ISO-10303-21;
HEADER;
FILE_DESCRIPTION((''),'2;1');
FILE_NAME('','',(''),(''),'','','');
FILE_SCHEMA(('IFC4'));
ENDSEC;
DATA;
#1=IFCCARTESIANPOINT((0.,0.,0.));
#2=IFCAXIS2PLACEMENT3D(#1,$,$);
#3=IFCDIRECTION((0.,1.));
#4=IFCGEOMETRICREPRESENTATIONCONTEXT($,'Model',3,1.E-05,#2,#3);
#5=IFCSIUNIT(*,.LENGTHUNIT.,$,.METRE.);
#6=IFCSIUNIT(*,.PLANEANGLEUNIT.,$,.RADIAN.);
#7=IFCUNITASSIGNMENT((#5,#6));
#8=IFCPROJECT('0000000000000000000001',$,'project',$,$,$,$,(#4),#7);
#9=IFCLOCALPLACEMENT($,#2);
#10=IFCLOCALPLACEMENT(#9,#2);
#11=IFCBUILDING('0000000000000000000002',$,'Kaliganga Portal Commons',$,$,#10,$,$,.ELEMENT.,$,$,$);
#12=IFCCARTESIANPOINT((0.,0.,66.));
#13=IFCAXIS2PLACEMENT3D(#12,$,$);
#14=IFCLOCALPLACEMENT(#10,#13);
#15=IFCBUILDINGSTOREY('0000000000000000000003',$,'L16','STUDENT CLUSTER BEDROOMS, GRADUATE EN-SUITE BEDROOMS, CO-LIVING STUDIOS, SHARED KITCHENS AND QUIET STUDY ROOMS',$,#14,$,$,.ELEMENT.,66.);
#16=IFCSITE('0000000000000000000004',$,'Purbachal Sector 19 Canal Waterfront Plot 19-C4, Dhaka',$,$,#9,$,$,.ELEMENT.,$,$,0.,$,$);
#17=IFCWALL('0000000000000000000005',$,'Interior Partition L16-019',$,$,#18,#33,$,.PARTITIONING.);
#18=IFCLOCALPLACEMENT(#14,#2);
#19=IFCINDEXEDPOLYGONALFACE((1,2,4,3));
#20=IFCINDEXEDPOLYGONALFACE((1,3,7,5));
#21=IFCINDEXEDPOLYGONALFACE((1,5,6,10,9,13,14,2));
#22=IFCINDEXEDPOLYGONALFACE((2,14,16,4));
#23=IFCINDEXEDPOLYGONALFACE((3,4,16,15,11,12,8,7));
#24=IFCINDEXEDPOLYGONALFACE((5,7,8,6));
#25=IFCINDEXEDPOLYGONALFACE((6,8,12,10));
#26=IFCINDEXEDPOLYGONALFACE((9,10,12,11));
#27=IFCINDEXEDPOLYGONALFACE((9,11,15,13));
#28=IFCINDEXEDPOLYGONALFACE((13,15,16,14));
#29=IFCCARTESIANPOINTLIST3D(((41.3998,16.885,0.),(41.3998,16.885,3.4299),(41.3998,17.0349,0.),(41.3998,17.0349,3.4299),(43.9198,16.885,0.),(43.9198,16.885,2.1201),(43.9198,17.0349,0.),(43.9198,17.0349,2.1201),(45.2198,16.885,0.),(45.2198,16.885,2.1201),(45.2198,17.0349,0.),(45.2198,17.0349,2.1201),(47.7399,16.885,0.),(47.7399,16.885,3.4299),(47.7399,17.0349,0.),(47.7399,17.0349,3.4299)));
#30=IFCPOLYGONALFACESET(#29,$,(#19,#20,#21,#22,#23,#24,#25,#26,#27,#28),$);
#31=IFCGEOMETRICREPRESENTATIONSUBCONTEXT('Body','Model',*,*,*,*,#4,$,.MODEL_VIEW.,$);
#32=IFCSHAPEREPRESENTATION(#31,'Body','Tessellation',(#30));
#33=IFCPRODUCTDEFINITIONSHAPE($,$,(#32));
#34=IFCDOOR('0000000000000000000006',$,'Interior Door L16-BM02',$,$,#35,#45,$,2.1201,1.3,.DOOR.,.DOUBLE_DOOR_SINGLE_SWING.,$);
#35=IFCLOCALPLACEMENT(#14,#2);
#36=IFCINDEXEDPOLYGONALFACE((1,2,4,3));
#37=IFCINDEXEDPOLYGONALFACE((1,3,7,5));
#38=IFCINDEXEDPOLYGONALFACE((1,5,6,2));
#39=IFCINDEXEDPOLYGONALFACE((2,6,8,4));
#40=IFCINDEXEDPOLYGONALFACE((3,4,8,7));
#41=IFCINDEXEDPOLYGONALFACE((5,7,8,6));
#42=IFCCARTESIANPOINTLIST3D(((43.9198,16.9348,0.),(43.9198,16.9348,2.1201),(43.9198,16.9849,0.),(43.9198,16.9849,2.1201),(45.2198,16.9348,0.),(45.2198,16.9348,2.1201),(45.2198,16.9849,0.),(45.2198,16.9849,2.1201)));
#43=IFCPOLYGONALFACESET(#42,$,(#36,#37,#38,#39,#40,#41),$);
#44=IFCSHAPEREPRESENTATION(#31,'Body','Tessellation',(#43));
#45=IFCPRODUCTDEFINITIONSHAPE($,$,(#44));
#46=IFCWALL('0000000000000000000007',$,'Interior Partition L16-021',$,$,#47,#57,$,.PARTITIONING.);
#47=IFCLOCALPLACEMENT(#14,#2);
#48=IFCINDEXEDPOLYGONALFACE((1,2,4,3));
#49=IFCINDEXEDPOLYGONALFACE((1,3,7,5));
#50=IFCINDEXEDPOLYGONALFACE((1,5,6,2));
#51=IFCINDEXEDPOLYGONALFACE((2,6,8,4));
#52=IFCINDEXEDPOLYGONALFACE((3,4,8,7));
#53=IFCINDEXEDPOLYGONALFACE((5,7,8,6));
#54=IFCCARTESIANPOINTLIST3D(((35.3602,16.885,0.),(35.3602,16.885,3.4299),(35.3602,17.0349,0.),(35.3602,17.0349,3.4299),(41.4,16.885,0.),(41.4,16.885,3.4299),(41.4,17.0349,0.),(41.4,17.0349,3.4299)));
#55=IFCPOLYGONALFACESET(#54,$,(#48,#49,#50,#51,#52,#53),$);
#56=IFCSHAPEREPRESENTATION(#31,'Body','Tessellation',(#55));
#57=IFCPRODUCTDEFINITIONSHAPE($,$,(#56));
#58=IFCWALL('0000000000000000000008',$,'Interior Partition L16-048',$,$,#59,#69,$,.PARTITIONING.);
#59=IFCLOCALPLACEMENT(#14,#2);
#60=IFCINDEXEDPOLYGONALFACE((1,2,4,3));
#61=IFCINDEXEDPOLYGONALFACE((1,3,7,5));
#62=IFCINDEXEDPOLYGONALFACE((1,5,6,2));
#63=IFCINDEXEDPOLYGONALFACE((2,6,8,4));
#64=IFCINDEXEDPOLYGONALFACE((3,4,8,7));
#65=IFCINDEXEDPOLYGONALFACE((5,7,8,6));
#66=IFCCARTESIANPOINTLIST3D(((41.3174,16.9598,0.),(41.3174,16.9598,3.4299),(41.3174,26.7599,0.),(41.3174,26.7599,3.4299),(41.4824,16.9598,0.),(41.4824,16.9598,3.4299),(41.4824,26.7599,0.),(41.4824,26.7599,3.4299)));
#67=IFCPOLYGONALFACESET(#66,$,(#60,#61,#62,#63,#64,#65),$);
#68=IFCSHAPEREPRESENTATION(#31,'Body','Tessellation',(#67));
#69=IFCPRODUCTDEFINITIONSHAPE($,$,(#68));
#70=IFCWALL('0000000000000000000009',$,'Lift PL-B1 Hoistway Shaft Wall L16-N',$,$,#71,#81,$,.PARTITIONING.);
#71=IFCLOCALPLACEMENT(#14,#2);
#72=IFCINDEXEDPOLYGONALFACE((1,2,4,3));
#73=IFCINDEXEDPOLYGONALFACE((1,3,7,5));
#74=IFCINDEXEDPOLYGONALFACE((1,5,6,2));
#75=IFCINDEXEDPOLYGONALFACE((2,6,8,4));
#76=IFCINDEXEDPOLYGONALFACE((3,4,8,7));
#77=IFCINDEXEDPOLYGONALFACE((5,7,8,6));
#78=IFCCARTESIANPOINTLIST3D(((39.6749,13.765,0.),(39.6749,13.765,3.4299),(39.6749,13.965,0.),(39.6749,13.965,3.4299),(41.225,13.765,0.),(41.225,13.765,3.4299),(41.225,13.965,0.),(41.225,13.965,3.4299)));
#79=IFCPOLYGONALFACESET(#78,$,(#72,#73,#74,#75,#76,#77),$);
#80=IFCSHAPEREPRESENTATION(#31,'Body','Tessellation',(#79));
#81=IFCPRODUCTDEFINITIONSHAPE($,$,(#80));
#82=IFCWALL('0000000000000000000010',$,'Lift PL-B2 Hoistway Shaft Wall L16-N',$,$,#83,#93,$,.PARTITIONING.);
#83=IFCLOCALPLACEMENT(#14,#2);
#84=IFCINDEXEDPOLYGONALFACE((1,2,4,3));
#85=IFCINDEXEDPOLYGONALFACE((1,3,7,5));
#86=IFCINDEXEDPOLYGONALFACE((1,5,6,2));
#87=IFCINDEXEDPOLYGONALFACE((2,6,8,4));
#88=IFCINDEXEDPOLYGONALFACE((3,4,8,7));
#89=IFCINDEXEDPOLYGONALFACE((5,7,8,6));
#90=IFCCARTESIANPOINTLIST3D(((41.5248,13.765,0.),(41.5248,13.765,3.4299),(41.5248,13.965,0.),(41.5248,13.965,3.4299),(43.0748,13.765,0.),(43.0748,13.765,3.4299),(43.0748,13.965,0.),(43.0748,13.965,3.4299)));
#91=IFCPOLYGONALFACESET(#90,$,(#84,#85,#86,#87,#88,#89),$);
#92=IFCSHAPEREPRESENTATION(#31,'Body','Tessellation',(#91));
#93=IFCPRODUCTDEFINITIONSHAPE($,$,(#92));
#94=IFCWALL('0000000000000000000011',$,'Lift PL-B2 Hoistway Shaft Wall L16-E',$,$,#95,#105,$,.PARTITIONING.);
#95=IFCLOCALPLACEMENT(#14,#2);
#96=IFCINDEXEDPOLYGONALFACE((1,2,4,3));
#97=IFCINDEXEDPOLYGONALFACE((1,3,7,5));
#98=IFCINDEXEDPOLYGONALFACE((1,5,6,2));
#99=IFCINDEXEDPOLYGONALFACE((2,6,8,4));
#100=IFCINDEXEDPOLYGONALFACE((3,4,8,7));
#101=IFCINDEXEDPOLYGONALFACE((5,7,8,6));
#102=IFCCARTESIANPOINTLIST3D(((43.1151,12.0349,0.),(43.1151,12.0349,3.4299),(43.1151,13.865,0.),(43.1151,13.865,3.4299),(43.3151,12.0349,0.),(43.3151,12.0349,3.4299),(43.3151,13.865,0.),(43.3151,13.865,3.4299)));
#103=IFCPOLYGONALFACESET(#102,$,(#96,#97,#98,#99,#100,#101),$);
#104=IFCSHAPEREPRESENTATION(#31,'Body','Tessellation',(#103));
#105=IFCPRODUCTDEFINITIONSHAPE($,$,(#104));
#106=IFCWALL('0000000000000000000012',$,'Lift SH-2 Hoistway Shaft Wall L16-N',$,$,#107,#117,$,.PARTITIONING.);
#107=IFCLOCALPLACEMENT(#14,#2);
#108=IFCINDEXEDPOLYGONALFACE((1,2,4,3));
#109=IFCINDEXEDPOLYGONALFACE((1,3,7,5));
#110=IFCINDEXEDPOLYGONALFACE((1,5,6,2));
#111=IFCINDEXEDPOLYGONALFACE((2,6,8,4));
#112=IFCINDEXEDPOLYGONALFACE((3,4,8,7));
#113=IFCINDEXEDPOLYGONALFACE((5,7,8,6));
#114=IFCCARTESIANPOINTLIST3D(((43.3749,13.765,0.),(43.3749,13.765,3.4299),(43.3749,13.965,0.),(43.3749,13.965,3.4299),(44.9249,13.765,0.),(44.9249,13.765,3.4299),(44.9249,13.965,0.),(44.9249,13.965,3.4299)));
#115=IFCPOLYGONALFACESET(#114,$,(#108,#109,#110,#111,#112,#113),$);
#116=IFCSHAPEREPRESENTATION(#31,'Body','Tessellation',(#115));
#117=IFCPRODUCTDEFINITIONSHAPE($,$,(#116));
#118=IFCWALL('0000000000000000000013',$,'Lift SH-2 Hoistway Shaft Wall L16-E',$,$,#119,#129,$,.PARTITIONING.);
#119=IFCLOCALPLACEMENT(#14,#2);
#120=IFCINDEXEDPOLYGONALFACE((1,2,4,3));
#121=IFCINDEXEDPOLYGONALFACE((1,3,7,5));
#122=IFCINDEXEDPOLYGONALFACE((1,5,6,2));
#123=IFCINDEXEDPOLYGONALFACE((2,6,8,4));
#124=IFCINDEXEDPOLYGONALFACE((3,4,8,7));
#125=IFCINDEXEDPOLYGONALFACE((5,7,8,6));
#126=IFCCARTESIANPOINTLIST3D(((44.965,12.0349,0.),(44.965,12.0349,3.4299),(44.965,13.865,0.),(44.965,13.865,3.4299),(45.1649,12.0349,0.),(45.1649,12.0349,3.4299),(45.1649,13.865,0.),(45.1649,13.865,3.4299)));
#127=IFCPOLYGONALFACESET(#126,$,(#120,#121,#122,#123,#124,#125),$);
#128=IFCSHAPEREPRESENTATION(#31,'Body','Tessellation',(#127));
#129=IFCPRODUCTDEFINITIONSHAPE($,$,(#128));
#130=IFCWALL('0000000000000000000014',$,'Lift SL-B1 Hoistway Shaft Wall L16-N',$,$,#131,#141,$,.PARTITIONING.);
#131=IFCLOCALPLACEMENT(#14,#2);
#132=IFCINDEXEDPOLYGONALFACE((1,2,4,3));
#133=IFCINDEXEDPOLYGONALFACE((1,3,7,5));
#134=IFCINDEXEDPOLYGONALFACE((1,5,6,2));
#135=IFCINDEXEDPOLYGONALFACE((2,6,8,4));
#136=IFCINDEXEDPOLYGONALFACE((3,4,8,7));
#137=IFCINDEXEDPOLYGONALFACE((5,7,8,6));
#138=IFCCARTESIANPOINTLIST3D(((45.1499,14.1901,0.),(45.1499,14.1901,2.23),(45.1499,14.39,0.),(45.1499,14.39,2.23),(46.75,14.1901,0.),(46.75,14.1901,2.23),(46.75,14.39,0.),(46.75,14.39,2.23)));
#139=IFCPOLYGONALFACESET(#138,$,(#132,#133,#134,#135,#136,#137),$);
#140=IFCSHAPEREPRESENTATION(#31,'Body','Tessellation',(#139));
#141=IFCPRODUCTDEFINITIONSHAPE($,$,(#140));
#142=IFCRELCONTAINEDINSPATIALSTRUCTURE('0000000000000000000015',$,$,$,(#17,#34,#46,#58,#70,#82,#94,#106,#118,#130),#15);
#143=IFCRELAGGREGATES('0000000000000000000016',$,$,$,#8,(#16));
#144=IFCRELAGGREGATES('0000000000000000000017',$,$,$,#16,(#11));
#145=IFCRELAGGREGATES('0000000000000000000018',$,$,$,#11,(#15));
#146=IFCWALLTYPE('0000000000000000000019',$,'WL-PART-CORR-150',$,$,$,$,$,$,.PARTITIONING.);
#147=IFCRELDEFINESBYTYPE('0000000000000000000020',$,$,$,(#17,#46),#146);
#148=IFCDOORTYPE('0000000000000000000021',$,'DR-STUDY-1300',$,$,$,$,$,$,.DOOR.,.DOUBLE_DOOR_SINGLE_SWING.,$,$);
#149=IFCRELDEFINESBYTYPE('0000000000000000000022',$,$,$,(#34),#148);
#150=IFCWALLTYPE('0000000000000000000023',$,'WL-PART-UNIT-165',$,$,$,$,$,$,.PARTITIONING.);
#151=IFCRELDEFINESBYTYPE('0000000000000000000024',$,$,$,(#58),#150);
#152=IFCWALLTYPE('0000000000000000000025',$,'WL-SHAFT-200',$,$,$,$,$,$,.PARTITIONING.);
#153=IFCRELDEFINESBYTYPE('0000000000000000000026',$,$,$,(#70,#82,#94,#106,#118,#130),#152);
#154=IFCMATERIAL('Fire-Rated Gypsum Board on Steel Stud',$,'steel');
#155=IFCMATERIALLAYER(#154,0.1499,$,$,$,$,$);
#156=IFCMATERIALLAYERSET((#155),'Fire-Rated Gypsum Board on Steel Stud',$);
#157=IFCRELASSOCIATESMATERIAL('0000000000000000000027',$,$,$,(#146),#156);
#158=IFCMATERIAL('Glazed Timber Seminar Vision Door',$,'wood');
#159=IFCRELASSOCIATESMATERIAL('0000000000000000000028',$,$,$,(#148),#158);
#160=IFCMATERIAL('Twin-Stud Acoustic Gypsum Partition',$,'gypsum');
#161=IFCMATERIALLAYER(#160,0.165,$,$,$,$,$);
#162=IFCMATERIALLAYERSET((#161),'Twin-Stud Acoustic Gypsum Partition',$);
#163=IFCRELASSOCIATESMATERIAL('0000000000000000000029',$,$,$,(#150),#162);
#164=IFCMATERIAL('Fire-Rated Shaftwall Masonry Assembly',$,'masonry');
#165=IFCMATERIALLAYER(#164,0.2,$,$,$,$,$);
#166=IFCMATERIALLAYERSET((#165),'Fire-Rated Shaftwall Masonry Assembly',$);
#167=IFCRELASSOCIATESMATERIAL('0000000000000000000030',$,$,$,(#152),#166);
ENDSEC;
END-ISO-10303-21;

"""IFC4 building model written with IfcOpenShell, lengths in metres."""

from ifc_helpers import new_model, si_unit, direction, frame, frame_2d, origin, place, context, subcontext, project, spatial, rectangle, extrude, material, layer, layer_set, type_object, element, fill, save


model = new_model("IFC4")

# Units and contexts
model_context = context("Model", 3, precision=1e-05, world=origin(), true_north=direction((0.0, 1.0)))
body_context = subcontext(model_context, "Body", "Model", "MODEL_VIEW")
ifc_project = project(units=[si_unit("LENGTHUNIT", "METRE"), si_unit("PLANEANGLEUNIT", "RADIAN")], contexts=[model_context])

# Site, building, storey
site_placement = place(None, origin())
site = spatial("IfcSite", under=ifc_project, at=site_placement, Name="Purbachal Sector 19 Canal Waterfront Plot 19-C4, Dhaka", CompositionType="ELEMENT", RefElevation=0.0)
building_placement = place(site_placement, origin())
building = spatial("IfcBuilding", under=site, at=building_placement, Name="Kaliganga Portal Commons", CompositionType="ELEMENT")
storey_placement = place(building_placement, frame((0.0, 0.0, 66.0)))
storey = spatial("IfcBuildingStorey", under=building, at=storey_placement, Name="L16", Description="STUDENT CLUSTER BEDROOMS, GRADUATE EN-SUITE BEDROOMS, CO-LIVING STUDIOS, SHARED KITCHENS AND QUIET STUDY ROOMS", CompositionType="ELEMENT", Elevation=66.0)

# Wall, opening, door
ifc_material_1 = material(Name="Fire-Rated Gypsum Board on Steel Stud", Category="steel")
ifc_layer_1 = layer(ifc_material_1, 0.1499)
ifc_layer_set_1 = layer_set([ifc_layer_1], Name="Fire-Rated Gypsum Board on Steel Stud")
wall_type_1 = type_object("IfcWallType", Name="WL-PART-CORR-150", PredefinedType="PARTITIONING", material=ifc_layer_set_1)
ifc_material_2 = material(Name="Glazed Timber Seminar Vision Door", Category="wood")
door_type_1 = type_object("IfcDoorType", Name="DR-STUDY-1300", OperationType="DOUBLE_DOOR_SINGLE_SWING", PredefinedType="DOOR", material=ifc_material_2)
wall_1_placement = place(storey_placement, frame((41.3999, 16.96, 0.0), z_axis=(0.0, 0.0, 1.0), x_axis=(1.0, 0.0, 0.0)))
wall_1 = element("IfcWall", 1, at=wall_1_placement, inside=storey, type_object=wall_type_1, Name="Interior Partition L16-019", PredefinedType="PARTITIONING", context=body_context, shape_type="SweptSolid", body=[
    extrude(rectangle(XDim=6.3401, YDim=0.1499, at=frame_2d((3.1699, 0.0))), origin(), (0.0, 0.0, 1.0), 3.4299),
])
opening_1_placement = place(wall_1_placement, frame((2.52, 0.0, 0.0)))
opening_1 = element("IfcOpeningElement", 2, at=opening_1_placement, cuts=wall_1, PredefinedType="OPENING", context=body_context, shape_type="SweptSolid", body=[
    extrude(rectangle(XDim=1.3, YDim=2.1201, at=frame_2d((0.6499, 1.0601))), frame((0.0, 0.085, 0.0), z_axis=(0.0, -1.0, 0.0), x_axis=(1.0, 0.0, 0.0)), (0.0, 0.0, 1.0), 0.1699),
])
door_1_placement = place(opening_1_placement, origin())
door_1 = element("IfcDoor", 3, at=door_1_placement, inside=storey, type_object=door_type_1, Name="Interior Door L16-BM02", OperationType="DOUBLE_DOOR_SINGLE_SWING", OverallHeight=2.1201, OverallWidth=1.3, PredefinedType="DOOR", context=body_context, shape_type="SweptSolid", body=[
    extrude(rectangle(XDim=1.3, YDim=2.1201, at=frame_2d((0.6499, 1.0601))), frame((0.0, 0.0249, 0.0), z_axis=(0.0, -1.0, 0.0), x_axis=(1.0, 0.0, 0.0)), (0.0, 0.0, 1.0), 0.05),
])
fill(opening_1, door_1)

# Walls
wall_2_placement = place(storey_placement, frame((35.3601, 16.96, 0.0), z_axis=(0.0, 0.0, 1.0), x_axis=(1.0, 0.0, 0.0)))
element("IfcWall", 4, at=wall_2_placement, inside=storey, type_object=wall_type_1, Name="Interior Partition L16-021", PredefinedType="PARTITIONING", context=body_context, shape_type="SweptSolid", body=[
    extrude(rectangle(XDim=6.0398, YDim=0.1499, at=frame_2d((3.02, 0.0))), origin(), (0.0, 0.0, 1.0), 3.4299),
])
ifc_material_3 = material(Name="Twin-Stud Acoustic Gypsum Partition", Category="gypsum")
ifc_layer_2 = layer(ifc_material_3, 0.165)
ifc_layer_set_2 = layer_set([ifc_layer_2], Name="Twin-Stud Acoustic Gypsum Partition")
wall_type_2 = type_object("IfcWallType", Name="WL-PART-UNIT-165", PredefinedType="PARTITIONING", material=ifc_layer_set_2)
wall_3_placement = place(storey_placement, frame((41.3999, 16.96, 0.0), z_axis=(0.0, 0.0, 1.0), x_axis=(0.0, 1.0, 0.0)))
element("IfcWall", 5, at=wall_3_placement, inside=storey, type_object=wall_type_2, Name="Interior Partition L16-048", PredefinedType="PARTITIONING", context=body_context, shape_type="SweptSolid", body=[
    extrude(rectangle(XDim=9.8, YDim=0.165, at=frame_2d((4.8999, 0.0))), origin(), (0.0, 0.0, 1.0), 3.4299),
])
ifc_material_4 = material(Name="Fire-Rated Shaftwall Masonry Assembly", Category="masonry")
ifc_layer_3 = layer(ifc_material_4, 0.2)
ifc_layer_set_3 = layer_set([ifc_layer_3], Name="Fire-Rated Shaftwall Masonry Assembly")
wall_type_3 = type_object("IfcWallType", Name="WL-SHAFT-200", PredefinedType="PARTITIONING", material=ifc_layer_set_3)
for number, where, z_axis, x_axis, name in (
    (6, (39.675, 13.865, 0.0), (0.0, 0.0, 1.0), (1.0, 0.0, 0.0), "Lift PL-B1 Hoistway Shaft Wall L16-N"),
    (7, (41.5249, 13.865, 0.0), (0.0, 0.0, 1.0), (1.0, 0.0, 0.0), "Lift PL-B2 Hoistway Shaft Wall L16-N"),
):
    element("IfcWall", number, at=place(storey_placement, frame(where, z_axis=z_axis, x_axis=x_axis)), inside=storey, type_object=wall_type_3, Name=name, PredefinedType="PARTITIONING", context=body_context, shape_type="SweptSolid", body=[
        extrude(rectangle(XDim=1.55, YDim=0.2, at=frame_2d((0.7749, 0.0))), origin(), (0.0, 0.0, 1.0), 3.4299),
    ])
wall_4_placement = place(storey_placement, frame((43.2151, 12.0349, 0.0), z_axis=(0.0, 0.0, 1.0), x_axis=(0.0, 1.0, 0.0)))
element("IfcWall", 8, at=wall_4_placement, inside=storey, type_object=wall_type_3, Name="Lift PL-B2 Hoistway Shaft Wall L16-E", PredefinedType="PARTITIONING", context=body_context, shape_type="SweptSolid", body=[
    extrude(rectangle(XDim=1.8301, YDim=0.2, at=frame_2d((0.915, 0.0))), origin(), (0.0, 0.0, 1.0), 3.4299),
])

# Walls
wall_5_placement = place(storey_placement, frame((43.375, 13.865, 0.0), z_axis=(0.0, 0.0, 1.0), x_axis=(1.0, 0.0, 0.0)))
element("IfcWall", 9, at=wall_5_placement, inside=storey, type_object=wall_type_3, Name="Lift SH-2 Hoistway Shaft Wall L16-N", PredefinedType="PARTITIONING", context=body_context, shape_type="SweptSolid", body=[
    extrude(rectangle(XDim=1.55, YDim=0.2, at=frame_2d((0.7749, 0.0))), origin(), (0.0, 0.0, 1.0), 3.4299),
])
wall_6_placement = place(storey_placement, frame((45.0649, 12.0349, 0.0), z_axis=(0.0, 0.0, 1.0), x_axis=(0.0, 1.0, 0.0)))
element("IfcWall", 10, at=wall_6_placement, inside=storey, type_object=wall_type_3, Name="Lift SH-2 Hoistway Shaft Wall L16-E", PredefinedType="PARTITIONING", context=body_context, shape_type="SweptSolid", body=[
    extrude(rectangle(XDim=1.8301, YDim=0.2, at=frame_2d((0.915, 0.0))), origin(), (0.0, 0.0, 1.0), 3.4299),
])
wall_7_placement = place(storey_placement, frame((45.1499, 14.29, 0.0), z_axis=(0.0, 0.0, 1.0), x_axis=(1.0, 0.0, 0.0)))
element("IfcWall", 11, at=wall_7_placement, inside=storey, type_object=wall_type_3, Name="Lift SL-B1 Hoistway Shaft Wall L16-N", PredefinedType="PARTITIONING", context=body_context, shape_type="SweptSolid", body=[
    extrude(rectangle(XDim=1.6001, YDim=0.2, at=frame_2d((0.8, 0.0))), origin(), (0.0, 0.0, 1.0), 2.23),
])

save(model, "model.ifc")
